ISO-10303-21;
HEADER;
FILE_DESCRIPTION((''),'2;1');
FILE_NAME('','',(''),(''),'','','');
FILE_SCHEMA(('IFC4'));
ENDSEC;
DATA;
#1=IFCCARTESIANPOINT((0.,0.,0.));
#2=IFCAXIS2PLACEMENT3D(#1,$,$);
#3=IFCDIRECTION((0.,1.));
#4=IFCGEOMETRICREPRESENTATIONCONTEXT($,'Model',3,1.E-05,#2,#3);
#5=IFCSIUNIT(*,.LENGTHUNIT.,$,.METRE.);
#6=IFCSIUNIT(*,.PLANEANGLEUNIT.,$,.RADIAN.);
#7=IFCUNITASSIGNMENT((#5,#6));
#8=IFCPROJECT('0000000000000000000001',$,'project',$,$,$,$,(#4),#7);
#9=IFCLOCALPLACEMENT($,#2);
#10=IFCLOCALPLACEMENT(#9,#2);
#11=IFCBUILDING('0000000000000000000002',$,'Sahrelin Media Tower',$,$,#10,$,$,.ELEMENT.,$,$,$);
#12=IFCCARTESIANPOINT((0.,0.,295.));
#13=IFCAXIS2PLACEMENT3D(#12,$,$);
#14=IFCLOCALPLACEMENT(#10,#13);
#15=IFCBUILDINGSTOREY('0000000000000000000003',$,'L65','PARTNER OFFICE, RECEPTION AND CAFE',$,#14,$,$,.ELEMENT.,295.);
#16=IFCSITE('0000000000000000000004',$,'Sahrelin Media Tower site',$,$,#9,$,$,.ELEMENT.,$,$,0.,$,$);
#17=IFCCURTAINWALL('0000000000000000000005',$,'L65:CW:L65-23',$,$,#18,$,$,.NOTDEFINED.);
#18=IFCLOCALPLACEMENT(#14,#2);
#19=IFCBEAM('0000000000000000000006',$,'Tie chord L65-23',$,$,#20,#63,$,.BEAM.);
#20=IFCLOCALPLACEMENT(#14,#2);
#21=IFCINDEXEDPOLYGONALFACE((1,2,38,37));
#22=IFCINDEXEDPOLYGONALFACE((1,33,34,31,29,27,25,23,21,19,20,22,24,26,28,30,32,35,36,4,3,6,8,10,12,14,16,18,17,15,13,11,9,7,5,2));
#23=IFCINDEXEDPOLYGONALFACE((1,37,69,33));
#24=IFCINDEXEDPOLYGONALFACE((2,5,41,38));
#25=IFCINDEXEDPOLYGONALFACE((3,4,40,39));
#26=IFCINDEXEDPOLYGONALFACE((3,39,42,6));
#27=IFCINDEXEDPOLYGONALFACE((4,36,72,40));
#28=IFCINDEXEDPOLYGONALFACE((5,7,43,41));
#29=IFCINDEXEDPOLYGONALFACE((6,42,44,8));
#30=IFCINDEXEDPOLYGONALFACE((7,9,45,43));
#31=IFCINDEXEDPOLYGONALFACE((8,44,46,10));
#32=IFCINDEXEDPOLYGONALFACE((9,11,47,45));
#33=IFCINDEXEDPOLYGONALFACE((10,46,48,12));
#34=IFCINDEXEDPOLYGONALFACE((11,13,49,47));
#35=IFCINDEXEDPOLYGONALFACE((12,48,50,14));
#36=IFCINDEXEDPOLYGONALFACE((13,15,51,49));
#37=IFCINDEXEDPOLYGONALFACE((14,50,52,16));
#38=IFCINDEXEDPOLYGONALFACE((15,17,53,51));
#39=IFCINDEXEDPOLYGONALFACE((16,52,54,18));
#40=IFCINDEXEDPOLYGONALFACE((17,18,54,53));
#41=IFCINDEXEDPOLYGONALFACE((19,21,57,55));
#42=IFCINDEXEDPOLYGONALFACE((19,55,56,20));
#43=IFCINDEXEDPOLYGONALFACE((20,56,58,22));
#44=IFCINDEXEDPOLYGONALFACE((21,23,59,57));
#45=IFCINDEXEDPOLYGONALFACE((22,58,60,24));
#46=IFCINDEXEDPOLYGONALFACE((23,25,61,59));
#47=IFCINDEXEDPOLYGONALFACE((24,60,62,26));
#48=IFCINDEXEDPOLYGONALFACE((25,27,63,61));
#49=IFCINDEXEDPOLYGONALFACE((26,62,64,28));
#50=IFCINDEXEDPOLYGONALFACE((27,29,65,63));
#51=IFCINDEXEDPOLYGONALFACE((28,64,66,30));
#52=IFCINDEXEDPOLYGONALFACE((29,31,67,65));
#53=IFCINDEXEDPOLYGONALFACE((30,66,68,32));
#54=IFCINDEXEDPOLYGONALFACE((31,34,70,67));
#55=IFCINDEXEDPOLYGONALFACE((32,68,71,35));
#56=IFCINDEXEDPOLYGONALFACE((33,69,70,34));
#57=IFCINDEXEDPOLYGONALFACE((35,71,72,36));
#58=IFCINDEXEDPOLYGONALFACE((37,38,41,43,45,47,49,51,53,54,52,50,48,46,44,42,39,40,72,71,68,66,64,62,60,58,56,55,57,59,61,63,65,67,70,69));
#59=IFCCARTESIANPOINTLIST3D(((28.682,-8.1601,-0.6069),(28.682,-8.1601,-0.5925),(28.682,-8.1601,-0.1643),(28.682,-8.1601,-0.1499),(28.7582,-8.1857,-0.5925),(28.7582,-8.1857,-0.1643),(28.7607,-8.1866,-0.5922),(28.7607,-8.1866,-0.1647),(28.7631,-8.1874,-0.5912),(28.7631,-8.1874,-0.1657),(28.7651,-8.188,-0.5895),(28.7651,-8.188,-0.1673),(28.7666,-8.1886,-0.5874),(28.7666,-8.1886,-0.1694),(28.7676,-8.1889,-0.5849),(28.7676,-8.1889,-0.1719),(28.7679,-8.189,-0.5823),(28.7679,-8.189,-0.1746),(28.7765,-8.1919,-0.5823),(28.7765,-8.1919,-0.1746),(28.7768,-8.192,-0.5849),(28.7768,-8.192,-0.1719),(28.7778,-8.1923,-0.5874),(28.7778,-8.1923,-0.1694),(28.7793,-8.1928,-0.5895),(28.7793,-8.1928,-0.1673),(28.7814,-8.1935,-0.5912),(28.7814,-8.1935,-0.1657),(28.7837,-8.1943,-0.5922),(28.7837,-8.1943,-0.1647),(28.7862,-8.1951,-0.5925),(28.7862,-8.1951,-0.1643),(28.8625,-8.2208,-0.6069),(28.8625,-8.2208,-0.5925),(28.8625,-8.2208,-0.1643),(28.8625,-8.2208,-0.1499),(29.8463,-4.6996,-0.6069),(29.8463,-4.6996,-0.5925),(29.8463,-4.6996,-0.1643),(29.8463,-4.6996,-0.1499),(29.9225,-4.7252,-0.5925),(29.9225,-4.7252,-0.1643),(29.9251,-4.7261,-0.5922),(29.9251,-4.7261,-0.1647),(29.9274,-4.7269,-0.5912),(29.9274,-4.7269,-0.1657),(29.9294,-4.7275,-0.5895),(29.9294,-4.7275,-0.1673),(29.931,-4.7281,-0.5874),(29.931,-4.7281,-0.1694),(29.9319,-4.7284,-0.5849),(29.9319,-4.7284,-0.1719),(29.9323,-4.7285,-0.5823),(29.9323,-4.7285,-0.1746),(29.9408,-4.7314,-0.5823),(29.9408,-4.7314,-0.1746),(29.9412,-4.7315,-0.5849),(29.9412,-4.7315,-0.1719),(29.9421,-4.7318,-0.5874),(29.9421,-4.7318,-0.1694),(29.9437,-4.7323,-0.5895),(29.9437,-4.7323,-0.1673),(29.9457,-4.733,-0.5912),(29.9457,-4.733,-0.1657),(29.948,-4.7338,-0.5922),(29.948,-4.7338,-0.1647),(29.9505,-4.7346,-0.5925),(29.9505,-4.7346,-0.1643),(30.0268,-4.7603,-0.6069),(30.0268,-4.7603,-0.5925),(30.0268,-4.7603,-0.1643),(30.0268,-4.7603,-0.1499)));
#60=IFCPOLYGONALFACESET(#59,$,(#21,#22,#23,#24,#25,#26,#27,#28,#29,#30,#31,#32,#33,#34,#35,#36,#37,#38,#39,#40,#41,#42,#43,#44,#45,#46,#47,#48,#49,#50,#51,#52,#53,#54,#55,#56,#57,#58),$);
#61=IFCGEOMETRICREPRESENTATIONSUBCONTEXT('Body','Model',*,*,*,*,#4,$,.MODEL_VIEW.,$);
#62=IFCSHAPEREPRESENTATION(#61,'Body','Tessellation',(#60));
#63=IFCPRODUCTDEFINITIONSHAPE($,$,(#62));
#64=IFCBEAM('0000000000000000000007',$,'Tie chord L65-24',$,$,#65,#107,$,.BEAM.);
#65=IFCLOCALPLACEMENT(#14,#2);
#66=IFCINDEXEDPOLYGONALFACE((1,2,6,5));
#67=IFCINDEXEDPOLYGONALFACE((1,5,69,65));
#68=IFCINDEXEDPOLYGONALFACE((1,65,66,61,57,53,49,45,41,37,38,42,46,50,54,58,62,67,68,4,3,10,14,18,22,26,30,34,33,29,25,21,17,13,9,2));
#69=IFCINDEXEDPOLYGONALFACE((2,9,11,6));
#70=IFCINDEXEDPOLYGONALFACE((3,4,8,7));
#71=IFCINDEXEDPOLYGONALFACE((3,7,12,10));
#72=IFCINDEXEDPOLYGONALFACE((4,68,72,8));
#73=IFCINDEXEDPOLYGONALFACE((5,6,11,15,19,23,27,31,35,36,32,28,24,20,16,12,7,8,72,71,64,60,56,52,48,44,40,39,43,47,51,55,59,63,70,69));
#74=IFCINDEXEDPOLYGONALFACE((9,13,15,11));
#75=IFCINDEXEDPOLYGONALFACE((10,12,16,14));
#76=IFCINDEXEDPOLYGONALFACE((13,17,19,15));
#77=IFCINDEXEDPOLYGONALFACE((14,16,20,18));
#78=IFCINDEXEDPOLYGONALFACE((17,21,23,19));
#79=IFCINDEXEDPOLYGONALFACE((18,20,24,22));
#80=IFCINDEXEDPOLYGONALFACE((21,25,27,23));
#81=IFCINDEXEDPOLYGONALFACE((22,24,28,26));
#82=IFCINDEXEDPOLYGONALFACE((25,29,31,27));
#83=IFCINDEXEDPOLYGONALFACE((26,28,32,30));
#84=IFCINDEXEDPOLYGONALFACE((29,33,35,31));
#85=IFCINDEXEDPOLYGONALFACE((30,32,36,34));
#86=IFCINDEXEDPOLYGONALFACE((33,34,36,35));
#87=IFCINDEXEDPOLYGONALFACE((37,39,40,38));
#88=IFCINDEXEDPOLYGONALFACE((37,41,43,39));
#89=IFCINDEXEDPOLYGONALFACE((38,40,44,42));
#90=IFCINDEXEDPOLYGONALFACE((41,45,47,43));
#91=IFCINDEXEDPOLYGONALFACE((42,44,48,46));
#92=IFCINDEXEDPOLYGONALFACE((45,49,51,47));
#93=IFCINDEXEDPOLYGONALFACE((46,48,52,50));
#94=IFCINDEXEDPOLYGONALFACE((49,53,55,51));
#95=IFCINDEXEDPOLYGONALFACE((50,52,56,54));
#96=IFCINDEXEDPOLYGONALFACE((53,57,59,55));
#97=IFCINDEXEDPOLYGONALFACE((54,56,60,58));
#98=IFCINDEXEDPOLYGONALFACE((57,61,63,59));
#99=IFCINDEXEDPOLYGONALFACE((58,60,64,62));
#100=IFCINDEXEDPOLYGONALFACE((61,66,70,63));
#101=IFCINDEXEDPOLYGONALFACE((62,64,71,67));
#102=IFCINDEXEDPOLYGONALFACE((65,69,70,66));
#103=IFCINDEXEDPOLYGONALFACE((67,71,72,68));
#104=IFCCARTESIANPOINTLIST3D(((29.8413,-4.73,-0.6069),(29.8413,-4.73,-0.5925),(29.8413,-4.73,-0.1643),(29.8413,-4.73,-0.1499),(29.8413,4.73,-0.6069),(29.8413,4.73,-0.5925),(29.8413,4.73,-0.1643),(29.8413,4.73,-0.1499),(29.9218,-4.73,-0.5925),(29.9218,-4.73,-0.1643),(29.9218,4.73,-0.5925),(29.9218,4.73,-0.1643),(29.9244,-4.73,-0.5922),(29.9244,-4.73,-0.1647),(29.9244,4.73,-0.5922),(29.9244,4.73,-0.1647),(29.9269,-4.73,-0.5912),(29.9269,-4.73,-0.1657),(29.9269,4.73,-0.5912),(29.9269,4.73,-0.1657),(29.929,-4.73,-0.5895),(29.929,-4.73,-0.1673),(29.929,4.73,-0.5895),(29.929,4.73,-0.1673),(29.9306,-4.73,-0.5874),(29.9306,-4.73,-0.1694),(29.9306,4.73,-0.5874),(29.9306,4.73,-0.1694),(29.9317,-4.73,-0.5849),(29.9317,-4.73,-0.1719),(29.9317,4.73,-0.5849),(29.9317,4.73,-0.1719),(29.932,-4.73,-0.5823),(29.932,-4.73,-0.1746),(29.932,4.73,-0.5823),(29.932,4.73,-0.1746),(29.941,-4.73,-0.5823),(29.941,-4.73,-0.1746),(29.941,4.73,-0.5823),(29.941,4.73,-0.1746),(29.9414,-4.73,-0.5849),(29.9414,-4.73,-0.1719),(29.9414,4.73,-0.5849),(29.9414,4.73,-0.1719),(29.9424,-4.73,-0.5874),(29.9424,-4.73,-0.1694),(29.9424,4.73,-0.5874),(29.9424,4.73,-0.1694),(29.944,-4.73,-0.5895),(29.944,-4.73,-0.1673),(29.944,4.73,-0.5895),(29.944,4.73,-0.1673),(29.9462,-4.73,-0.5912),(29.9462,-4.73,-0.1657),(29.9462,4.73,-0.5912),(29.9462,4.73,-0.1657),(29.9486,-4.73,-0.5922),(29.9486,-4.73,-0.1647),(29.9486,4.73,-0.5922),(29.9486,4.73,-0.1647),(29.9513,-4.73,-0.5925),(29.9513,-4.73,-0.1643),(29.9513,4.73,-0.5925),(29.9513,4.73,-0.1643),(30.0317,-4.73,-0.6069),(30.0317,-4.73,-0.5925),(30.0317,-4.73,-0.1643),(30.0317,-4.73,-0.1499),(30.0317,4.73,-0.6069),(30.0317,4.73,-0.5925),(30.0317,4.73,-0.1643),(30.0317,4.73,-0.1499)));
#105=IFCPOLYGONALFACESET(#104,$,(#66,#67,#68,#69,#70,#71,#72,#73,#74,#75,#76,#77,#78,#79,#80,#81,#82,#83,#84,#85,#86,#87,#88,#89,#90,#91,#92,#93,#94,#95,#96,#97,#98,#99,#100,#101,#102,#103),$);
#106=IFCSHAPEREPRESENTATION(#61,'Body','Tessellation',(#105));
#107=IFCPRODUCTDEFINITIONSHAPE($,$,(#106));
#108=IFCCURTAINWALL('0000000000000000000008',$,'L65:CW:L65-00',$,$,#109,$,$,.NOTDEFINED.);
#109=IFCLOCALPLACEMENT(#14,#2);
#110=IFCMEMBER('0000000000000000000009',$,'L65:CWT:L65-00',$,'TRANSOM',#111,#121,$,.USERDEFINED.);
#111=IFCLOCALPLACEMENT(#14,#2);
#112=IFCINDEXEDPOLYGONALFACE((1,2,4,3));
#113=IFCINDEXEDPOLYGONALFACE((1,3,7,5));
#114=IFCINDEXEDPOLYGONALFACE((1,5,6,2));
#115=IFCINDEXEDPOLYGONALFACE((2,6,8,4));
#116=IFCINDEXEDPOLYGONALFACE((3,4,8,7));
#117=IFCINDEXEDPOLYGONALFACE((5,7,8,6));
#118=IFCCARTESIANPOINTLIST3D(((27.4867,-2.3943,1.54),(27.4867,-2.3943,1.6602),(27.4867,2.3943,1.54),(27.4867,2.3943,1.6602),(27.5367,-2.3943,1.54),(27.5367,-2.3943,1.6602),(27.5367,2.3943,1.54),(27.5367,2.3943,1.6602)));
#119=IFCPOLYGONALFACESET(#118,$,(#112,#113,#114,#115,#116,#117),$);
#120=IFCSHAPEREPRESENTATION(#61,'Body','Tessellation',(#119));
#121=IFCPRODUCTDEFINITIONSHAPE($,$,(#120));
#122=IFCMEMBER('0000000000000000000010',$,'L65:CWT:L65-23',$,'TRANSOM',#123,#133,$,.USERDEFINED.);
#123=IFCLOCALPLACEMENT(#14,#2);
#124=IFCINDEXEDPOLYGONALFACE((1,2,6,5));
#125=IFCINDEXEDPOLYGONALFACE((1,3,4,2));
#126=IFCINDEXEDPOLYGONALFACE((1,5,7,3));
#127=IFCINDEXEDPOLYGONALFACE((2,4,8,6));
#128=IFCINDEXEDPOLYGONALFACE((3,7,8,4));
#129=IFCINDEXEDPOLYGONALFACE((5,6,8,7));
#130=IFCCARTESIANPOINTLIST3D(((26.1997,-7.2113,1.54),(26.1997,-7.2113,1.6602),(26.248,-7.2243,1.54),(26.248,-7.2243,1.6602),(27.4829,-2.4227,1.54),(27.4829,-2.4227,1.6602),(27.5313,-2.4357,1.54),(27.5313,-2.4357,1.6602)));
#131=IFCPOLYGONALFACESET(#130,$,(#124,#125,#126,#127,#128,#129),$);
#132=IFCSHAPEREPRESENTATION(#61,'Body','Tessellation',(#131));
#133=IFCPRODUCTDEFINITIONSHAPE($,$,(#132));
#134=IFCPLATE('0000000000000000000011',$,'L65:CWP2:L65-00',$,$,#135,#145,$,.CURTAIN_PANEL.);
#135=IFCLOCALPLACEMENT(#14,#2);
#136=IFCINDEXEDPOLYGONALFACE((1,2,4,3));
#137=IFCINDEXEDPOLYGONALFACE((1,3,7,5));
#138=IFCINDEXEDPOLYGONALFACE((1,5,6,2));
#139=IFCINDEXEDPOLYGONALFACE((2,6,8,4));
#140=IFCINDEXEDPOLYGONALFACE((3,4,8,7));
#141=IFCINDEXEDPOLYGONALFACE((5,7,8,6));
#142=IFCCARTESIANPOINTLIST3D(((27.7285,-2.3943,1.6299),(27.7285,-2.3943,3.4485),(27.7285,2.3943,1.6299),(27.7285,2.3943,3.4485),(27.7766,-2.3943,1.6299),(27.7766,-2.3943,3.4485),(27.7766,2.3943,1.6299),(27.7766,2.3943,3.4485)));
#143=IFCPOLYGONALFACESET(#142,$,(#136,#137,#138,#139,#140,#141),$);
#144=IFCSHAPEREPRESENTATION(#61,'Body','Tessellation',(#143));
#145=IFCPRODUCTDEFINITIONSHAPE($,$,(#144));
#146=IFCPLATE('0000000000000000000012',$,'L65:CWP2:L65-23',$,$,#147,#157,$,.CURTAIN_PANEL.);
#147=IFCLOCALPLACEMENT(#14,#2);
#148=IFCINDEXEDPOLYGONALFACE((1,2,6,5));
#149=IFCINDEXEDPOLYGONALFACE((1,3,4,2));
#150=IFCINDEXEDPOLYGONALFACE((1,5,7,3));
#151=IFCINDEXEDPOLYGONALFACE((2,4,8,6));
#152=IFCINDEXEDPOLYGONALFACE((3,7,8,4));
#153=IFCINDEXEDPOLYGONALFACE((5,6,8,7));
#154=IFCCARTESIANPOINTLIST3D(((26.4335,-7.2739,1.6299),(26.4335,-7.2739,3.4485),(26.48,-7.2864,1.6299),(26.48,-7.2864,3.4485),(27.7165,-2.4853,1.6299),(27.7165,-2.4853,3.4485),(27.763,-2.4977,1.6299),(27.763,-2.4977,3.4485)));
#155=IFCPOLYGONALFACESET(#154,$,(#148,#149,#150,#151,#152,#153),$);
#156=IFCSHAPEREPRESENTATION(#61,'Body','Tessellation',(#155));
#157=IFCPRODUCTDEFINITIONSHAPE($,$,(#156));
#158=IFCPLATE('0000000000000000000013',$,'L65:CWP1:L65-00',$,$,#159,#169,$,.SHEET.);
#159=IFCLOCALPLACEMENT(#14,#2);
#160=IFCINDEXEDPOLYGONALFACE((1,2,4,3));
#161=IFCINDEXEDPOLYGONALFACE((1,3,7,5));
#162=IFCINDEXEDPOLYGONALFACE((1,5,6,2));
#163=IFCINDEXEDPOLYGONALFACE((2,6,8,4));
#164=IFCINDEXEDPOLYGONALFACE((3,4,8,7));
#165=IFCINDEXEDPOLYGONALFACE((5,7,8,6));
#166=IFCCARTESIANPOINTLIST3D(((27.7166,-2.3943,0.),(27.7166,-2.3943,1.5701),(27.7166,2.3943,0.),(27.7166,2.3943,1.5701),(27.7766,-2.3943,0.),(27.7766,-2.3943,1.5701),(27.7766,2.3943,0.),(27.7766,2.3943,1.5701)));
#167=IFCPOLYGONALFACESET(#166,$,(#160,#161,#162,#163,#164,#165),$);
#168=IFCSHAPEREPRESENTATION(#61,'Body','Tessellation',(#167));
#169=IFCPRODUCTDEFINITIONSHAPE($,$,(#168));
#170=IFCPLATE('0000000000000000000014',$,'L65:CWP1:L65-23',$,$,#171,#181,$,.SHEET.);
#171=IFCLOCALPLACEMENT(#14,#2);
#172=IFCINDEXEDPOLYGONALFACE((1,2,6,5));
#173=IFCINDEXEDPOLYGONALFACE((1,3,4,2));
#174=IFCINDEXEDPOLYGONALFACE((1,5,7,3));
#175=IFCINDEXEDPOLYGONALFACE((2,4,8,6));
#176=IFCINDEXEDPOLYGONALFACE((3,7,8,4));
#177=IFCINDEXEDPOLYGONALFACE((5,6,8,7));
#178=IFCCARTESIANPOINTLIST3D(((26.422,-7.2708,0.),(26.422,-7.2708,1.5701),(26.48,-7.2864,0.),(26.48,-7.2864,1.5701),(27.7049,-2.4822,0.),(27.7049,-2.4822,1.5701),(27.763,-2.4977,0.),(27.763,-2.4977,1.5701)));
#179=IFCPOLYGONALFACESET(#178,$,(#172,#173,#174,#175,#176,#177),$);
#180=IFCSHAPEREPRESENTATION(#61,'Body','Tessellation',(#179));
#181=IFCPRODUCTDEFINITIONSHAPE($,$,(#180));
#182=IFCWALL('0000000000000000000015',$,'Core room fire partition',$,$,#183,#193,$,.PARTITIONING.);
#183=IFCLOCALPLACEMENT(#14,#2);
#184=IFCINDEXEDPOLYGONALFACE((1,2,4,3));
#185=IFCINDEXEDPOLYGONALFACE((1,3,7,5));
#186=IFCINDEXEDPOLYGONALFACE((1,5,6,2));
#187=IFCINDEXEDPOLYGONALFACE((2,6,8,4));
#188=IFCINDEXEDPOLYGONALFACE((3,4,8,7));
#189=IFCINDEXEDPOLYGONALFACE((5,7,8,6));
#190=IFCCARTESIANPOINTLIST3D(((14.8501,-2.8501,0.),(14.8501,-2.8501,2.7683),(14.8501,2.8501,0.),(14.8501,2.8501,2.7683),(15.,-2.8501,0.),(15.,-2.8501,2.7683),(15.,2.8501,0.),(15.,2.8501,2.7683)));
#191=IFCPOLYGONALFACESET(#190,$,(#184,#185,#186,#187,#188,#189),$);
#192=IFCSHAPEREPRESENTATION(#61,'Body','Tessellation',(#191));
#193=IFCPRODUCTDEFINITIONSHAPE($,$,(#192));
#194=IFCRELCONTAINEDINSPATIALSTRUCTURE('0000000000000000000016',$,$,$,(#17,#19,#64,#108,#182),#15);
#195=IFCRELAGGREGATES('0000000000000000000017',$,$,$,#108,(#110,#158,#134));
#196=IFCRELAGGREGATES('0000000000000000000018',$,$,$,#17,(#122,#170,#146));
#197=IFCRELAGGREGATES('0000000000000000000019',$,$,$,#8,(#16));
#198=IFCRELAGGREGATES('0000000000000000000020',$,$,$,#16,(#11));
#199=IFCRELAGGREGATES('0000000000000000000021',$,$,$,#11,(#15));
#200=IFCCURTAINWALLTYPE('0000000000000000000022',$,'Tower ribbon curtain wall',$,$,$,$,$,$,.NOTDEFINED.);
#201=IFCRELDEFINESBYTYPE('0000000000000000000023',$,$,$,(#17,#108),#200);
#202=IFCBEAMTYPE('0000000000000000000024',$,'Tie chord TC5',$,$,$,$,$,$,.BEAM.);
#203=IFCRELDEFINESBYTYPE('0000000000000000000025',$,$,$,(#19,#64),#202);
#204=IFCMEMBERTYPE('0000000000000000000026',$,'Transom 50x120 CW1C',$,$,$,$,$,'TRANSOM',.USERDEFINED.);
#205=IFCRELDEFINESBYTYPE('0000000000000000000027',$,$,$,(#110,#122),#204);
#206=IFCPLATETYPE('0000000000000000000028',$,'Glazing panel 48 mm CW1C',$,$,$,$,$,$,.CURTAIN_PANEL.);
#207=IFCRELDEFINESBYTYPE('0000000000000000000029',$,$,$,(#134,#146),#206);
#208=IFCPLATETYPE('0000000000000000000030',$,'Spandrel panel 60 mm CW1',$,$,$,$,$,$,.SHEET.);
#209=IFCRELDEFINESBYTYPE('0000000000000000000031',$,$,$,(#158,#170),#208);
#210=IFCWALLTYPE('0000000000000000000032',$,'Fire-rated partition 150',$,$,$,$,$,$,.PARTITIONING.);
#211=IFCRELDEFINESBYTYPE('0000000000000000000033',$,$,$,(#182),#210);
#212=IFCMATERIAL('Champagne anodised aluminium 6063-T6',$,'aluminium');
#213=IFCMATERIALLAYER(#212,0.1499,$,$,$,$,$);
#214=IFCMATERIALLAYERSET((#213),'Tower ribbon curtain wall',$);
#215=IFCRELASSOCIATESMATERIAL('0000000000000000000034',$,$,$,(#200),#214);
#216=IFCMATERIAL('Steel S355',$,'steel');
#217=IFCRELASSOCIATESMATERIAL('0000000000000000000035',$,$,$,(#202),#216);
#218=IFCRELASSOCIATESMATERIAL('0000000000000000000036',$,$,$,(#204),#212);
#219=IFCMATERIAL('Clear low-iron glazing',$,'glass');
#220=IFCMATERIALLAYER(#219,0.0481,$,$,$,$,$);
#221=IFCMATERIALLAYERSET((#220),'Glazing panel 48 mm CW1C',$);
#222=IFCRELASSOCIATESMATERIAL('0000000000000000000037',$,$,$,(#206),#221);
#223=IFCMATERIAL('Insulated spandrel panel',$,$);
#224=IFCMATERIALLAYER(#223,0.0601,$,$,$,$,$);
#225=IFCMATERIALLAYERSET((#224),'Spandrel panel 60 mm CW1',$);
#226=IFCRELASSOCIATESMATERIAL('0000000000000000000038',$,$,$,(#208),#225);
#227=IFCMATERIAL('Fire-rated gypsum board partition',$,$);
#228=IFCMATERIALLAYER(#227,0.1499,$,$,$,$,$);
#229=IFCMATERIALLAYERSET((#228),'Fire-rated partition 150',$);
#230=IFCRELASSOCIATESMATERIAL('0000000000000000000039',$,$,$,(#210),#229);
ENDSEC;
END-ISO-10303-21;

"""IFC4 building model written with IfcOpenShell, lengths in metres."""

from ifc_helpers import new_model, si_unit, direction, frame, frame_2d, origin, origin_2d, place, context, subcontext, project, spatial, polyline, rectangle, i_section, outline, extrude, material, layer, layer_set, material_profile, profile_set, type_object, element, aggregate, save


model = new_model("IFC4")

# Units and contexts
model_context = context("Model", 3, precision=1e-05, world=origin(), true_north=direction((0.0, 1.0)))
body_context = subcontext(model_context, "Body", "Model", "MODEL_VIEW")
ifc_project = project(units=[si_unit("LENGTHUNIT", "METRE"), si_unit("PLANEANGLEUNIT", "RADIAN")], contexts=[model_context])

# Site, building, storey
site_placement = place(None, origin())
site = spatial("IfcSite", under=ifc_project, at=site_placement, Name="Sahrelin Media Tower site", CompositionType="ELEMENT", RefElevation=0.0)
building_placement = place(site_placement, origin())
building = spatial("IfcBuilding", under=site, at=building_placement, Name="Sahrelin Media Tower", CompositionType="ELEMENT")
storey_placement = place(building_placement, frame((0.0, 0.0, 295.0)))
storey = spatial("IfcBuildingStorey", under=building, at=storey_placement, Name="L65", Description="PARTNER OFFICE, RECEPTION AND CAFE", CompositionType="ELEMENT", Elevation=295.0)

# Shared definitions
ifc_material_1 = material(Name="Steel S355", Category="steel")

# Curtain wall
ifc_material_2 = material(Name="Champagne anodised aluminium 6063-T6", Category="aluminium")
ifc_layer_1 = layer(ifc_material_2, 0.1499)
ifc_layer_set_1 = layer_set([ifc_layer_1], Name="Tower ribbon curtain wall")
curtain_wall_type = type_object("IfcCurtainWallType", Name="Tower ribbon curtain wall", PredefinedType="NOTDEFINED", material=ifc_layer_set_1)
curtain_wall_1_placement = place(storey_placement, frame((27.1021, -4.887, 0.0), z_axis=(0.0, 0.0, 1.0), x_axis=(1.0, 0.0, 0.0)))
curtain_wall_1 = element("IfcCurtainWall", 1, at=curtain_wall_1_placement, inside=storey, type_object=curtain_wall_type, Name="L65:CW:L65-23", PredefinedType="NOTDEFINED")

# Beams
ifc_material_profile_1 = material_profile(ifc_material_1, i_section(OverallWidth=0.1904, OverallDepth=0.457, WebThickness=0.009, FlangeThickness=0.0144, FilletRadius=0.0103, at=origin_2d()), Name="UB 457x191x74")
ifc_profile_set_1 = profile_set([ifc_material_profile_1], Name="Steel S355")
beam_type_1 = type_object("IfcBeamType", Name="Tie chord TC5", PredefinedType="BEAM", material=ifc_profile_set_1)
beam_1_placement = place(storey_placement, frame((28.7722, -8.1904, -0.3784), z_axis=(0.318895, 0.94779, 0.0), x_axis=(-0.94779, 0.318895, 0.0)))
element("IfcBeam", 2, at=beam_1_placement, inside=storey, type_object=beam_type_1, Name="Tie chord L65-23", PredefinedType="BEAM", context=body_context, shape_type="SweptSolid", body=[
    extrude(i_section(OverallWidth=0.1904, OverallDepth=0.457, WebThickness=0.009, FlangeThickness=0.0144, FilletRadius=0.0103, at=origin_2d()), origin(), (0.0, 0.0, 1.0), 3.6511),
])
beam_2_placement = place(storey_placement, frame((29.9365, -4.73, -0.3784), z_axis=(0.0, 1.0, 0.0), x_axis=(-1.0, 0.0, 0.0)))
element("IfcBeam", 3, at=beam_2_placement, inside=storey, type_object=beam_type_1, Name="Tie chord L65-24", PredefinedType="BEAM", context=body_context, shape_type="SweptSolid", body=[
    extrude(i_section(OverallWidth=0.1904, OverallDepth=0.457, WebThickness=0.009, FlangeThickness=0.0144, FilletRadius=0.0103, at=origin_2d()), origin(), (0.0, 0.0, 1.0), 9.46),
])

# Curtain wall, member
curtain_wall_2_placement = place(storey_placement, frame((27.7566, 0.0, 0.0), z_axis=(0.0, 0.0, 1.0), x_axis=(1.0, 0.0, 0.0)))
curtain_wall_2 = element("IfcCurtainWall", 4, at=curtain_wall_2_placement, inside=storey, type_object=curtain_wall_type, Name="L65:CW:L65-00", PredefinedType="NOTDEFINED")
ifc_material_profile_2 = material_profile(ifc_material_2, rectangle(XDim=0.05, YDim=0.1201, at=origin_2d()), Name="Transom 50x120")
ifc_profile_set_2 = profile_set([ifc_material_profile_2], Name="Champagne anodised aluminium 6063-T6")
member_type_1 = type_object("IfcMemberType", Name="Transom 50x120 CW1C", ElementType="TRANSOM", PredefinedType="USERDEFINED", material=ifc_profile_set_2)
member_1_placement = place(storey_placement, frame((27.5117, -2.3943, 1.6001), z_axis=(0.0, 1.0, 0.0), x_axis=(-1.0, 0.0, 0.0)))
member_1 = element("IfcMember", 5, at=member_1_placement, type_object=member_type_1, Name="L65:CWT:L65-00", ObjectType="TRANSOM", PredefinedType="USERDEFINED", context=body_context, shape_type="SweptSolid", body=[
    extrude(rectangle(XDim=0.05, YDim=0.1201, at=origin_2d()), origin(), (0.0, 0.0, 1.0), 4.7886),
])

# Member
member_2_placement = place(storey_placement, frame((26.2239, -7.2178, 1.6001), z_axis=(0.258839, 0.96592, 0.0), x_axis=(-0.96592, 0.258839, 0.0)))
member_2 = element("IfcMember", 6, at=member_2_placement, type_object=member_type_1, Name="L65:CWT:L65-23", ObjectType="TRANSOM", PredefinedType="USERDEFINED", context=body_context, shape_type="SweptSolid", body=[
    extrude(rectangle(XDim=0.05, YDim=0.1201, at=origin_2d()), origin(), (0.0, 0.0, 1.0), 4.9575),
])

# Plates
ifc_material_3 = material(Name="Clear low-iron glazing", Category="glass")
ifc_layer_2 = layer(ifc_material_3, 0.0481)
ifc_layer_set_2 = layer_set([ifc_layer_2], Name="Glazing panel 48 mm CW1C")
plate_type_1 = type_object("IfcPlateType", Name="Glazing panel 48 mm CW1C", PredefinedType="CURTAIN_PANEL", material=ifc_layer_set_2)
plate_1_placement = place(storey_placement, frame((27.7766, -2.3943, 1.6299), z_axis=(1.0, 0.0, 0.0), x_axis=(0.0, 1.0, 0.0)))
plate_1 = element("IfcPlate", 7, at=plate_1_placement, type_object=plate_type_1, Name="L65:CWP2:L65-00", PredefinedType="CURTAIN_PANEL", context=body_context, shape_type="SweptSolid", body=[
    extrude(outline(polyline([(0.0, 0.0), (4.7886, 0.0), (4.7886, 1.8186), (0.0, 1.8186), (0.0, 0.0)])), origin(), (0.0, 0.0, -1.0), 0.0481),
])
plate_2_placement = place(storey_placement, frame((26.48, -7.2864, 1.6299), z_axis=(0.965933, -0.258794, 0.0), x_axis=(0.258794, 0.965933, 0.0)))
plate_2 = element("IfcPlate", 8, at=plate_2_placement, type_object=plate_type_1, Name="L65:CWP2:L65-23", PredefinedType="CURTAIN_PANEL", context=body_context, shape_type="SweptSolid", body=[
    extrude(outline(polyline([(0.0, 0.0), (4.9575, 0.0), (4.9575, 1.8186), (0.0, 1.8186), (0.0, 0.0)])), origin(), (0.0, 0.0, -1.0), 0.0481),
])
ifc_material_4 = material(Name="Insulated spandrel panel")
ifc_layer_3 = layer(ifc_material_4, 0.0601)
ifc_layer_set_3 = layer_set([ifc_layer_3], Name="Spandrel panel 60 mm CW1")
plate_type_2 = type_object("IfcPlateType", Name="Spandrel panel 60 mm CW1", PredefinedType="SHEET", material=ifc_layer_set_3)
plate_3_placement = place(storey_placement, frame((27.7766, -2.3943, 0.0), z_axis=(1.0, 0.0, 0.0), x_axis=(0.0, 1.0, 0.0)))
plate_3 = element("IfcPlate", 9, at=plate_3_placement, type_object=plate_type_2, Name="L65:CWP1:L65-00", PredefinedType="SHEET", context=body_context, shape_type="SweptSolid", body=[
    extrude(outline(polyline([(0.0, 0.0), (4.7886, 0.0), (4.7886, 1.5701), (0.0, 1.5701), (0.0, 0.0)])), origin(), (0.0, 0.0, -1.0), 0.0601),
])
aggregate(curtain_wall_2, [member_1, plate_3, plate_1])
plate_4_placement = place(storey_placement, frame((26.48, -7.2864, 0.0), z_axis=(0.965933, -0.258794, 0.0), x_axis=(0.258794, 0.965933, 0.0)))
plate_4 = element("IfcPlate", 10, at=plate_4_placement, type_object=plate_type_2, Name="L65:CWP1:L65-23", PredefinedType="SHEET", context=body_context, shape_type="SweptSolid", body=[
    extrude(outline(polyline([(0.0, 0.0), (4.9575, 0.0), (4.9575, 1.5701), (0.0, 1.5701), (0.0, 0.0)])), origin(), (0.0, 0.0, -1.0), 0.0601),
])
aggregate(curtain_wall_1, [member_2, plate_4, plate_2])

# Wall
ifc_material_5 = material(Name="Fire-rated gypsum board partition")
ifc_layer_4 = layer(ifc_material_5, 0.1499)
ifc_layer_set_4 = layer_set([ifc_layer_4], Name="Fire-rated partition 150")
wall_type_1 = type_object("IfcWallType", Name="Fire-rated partition 150", PredefinedType="PARTITIONING", material=ifc_layer_set_4)
wall_1_placement = place(storey_placement, frame((14.925, -2.8501, 0.0), z_axis=(0.0, 0.0, 1.0), x_axis=(0.0, 1.0, 0.0)))
element("IfcWall", 11, at=wall_1_placement, inside=storey, type_object=wall_type_1, Name="Core room fire partition", PredefinedType="PARTITIONING", context=body_context, shape_type="SweptSolid", body=[
    extrude(rectangle(XDim=5.7002, YDim=0.1499, at=frame_2d((2.8501, 0.0))), origin(), (0.0, 0.0, 1.0), 2.7683),
])

save(model, "model.ifc")
